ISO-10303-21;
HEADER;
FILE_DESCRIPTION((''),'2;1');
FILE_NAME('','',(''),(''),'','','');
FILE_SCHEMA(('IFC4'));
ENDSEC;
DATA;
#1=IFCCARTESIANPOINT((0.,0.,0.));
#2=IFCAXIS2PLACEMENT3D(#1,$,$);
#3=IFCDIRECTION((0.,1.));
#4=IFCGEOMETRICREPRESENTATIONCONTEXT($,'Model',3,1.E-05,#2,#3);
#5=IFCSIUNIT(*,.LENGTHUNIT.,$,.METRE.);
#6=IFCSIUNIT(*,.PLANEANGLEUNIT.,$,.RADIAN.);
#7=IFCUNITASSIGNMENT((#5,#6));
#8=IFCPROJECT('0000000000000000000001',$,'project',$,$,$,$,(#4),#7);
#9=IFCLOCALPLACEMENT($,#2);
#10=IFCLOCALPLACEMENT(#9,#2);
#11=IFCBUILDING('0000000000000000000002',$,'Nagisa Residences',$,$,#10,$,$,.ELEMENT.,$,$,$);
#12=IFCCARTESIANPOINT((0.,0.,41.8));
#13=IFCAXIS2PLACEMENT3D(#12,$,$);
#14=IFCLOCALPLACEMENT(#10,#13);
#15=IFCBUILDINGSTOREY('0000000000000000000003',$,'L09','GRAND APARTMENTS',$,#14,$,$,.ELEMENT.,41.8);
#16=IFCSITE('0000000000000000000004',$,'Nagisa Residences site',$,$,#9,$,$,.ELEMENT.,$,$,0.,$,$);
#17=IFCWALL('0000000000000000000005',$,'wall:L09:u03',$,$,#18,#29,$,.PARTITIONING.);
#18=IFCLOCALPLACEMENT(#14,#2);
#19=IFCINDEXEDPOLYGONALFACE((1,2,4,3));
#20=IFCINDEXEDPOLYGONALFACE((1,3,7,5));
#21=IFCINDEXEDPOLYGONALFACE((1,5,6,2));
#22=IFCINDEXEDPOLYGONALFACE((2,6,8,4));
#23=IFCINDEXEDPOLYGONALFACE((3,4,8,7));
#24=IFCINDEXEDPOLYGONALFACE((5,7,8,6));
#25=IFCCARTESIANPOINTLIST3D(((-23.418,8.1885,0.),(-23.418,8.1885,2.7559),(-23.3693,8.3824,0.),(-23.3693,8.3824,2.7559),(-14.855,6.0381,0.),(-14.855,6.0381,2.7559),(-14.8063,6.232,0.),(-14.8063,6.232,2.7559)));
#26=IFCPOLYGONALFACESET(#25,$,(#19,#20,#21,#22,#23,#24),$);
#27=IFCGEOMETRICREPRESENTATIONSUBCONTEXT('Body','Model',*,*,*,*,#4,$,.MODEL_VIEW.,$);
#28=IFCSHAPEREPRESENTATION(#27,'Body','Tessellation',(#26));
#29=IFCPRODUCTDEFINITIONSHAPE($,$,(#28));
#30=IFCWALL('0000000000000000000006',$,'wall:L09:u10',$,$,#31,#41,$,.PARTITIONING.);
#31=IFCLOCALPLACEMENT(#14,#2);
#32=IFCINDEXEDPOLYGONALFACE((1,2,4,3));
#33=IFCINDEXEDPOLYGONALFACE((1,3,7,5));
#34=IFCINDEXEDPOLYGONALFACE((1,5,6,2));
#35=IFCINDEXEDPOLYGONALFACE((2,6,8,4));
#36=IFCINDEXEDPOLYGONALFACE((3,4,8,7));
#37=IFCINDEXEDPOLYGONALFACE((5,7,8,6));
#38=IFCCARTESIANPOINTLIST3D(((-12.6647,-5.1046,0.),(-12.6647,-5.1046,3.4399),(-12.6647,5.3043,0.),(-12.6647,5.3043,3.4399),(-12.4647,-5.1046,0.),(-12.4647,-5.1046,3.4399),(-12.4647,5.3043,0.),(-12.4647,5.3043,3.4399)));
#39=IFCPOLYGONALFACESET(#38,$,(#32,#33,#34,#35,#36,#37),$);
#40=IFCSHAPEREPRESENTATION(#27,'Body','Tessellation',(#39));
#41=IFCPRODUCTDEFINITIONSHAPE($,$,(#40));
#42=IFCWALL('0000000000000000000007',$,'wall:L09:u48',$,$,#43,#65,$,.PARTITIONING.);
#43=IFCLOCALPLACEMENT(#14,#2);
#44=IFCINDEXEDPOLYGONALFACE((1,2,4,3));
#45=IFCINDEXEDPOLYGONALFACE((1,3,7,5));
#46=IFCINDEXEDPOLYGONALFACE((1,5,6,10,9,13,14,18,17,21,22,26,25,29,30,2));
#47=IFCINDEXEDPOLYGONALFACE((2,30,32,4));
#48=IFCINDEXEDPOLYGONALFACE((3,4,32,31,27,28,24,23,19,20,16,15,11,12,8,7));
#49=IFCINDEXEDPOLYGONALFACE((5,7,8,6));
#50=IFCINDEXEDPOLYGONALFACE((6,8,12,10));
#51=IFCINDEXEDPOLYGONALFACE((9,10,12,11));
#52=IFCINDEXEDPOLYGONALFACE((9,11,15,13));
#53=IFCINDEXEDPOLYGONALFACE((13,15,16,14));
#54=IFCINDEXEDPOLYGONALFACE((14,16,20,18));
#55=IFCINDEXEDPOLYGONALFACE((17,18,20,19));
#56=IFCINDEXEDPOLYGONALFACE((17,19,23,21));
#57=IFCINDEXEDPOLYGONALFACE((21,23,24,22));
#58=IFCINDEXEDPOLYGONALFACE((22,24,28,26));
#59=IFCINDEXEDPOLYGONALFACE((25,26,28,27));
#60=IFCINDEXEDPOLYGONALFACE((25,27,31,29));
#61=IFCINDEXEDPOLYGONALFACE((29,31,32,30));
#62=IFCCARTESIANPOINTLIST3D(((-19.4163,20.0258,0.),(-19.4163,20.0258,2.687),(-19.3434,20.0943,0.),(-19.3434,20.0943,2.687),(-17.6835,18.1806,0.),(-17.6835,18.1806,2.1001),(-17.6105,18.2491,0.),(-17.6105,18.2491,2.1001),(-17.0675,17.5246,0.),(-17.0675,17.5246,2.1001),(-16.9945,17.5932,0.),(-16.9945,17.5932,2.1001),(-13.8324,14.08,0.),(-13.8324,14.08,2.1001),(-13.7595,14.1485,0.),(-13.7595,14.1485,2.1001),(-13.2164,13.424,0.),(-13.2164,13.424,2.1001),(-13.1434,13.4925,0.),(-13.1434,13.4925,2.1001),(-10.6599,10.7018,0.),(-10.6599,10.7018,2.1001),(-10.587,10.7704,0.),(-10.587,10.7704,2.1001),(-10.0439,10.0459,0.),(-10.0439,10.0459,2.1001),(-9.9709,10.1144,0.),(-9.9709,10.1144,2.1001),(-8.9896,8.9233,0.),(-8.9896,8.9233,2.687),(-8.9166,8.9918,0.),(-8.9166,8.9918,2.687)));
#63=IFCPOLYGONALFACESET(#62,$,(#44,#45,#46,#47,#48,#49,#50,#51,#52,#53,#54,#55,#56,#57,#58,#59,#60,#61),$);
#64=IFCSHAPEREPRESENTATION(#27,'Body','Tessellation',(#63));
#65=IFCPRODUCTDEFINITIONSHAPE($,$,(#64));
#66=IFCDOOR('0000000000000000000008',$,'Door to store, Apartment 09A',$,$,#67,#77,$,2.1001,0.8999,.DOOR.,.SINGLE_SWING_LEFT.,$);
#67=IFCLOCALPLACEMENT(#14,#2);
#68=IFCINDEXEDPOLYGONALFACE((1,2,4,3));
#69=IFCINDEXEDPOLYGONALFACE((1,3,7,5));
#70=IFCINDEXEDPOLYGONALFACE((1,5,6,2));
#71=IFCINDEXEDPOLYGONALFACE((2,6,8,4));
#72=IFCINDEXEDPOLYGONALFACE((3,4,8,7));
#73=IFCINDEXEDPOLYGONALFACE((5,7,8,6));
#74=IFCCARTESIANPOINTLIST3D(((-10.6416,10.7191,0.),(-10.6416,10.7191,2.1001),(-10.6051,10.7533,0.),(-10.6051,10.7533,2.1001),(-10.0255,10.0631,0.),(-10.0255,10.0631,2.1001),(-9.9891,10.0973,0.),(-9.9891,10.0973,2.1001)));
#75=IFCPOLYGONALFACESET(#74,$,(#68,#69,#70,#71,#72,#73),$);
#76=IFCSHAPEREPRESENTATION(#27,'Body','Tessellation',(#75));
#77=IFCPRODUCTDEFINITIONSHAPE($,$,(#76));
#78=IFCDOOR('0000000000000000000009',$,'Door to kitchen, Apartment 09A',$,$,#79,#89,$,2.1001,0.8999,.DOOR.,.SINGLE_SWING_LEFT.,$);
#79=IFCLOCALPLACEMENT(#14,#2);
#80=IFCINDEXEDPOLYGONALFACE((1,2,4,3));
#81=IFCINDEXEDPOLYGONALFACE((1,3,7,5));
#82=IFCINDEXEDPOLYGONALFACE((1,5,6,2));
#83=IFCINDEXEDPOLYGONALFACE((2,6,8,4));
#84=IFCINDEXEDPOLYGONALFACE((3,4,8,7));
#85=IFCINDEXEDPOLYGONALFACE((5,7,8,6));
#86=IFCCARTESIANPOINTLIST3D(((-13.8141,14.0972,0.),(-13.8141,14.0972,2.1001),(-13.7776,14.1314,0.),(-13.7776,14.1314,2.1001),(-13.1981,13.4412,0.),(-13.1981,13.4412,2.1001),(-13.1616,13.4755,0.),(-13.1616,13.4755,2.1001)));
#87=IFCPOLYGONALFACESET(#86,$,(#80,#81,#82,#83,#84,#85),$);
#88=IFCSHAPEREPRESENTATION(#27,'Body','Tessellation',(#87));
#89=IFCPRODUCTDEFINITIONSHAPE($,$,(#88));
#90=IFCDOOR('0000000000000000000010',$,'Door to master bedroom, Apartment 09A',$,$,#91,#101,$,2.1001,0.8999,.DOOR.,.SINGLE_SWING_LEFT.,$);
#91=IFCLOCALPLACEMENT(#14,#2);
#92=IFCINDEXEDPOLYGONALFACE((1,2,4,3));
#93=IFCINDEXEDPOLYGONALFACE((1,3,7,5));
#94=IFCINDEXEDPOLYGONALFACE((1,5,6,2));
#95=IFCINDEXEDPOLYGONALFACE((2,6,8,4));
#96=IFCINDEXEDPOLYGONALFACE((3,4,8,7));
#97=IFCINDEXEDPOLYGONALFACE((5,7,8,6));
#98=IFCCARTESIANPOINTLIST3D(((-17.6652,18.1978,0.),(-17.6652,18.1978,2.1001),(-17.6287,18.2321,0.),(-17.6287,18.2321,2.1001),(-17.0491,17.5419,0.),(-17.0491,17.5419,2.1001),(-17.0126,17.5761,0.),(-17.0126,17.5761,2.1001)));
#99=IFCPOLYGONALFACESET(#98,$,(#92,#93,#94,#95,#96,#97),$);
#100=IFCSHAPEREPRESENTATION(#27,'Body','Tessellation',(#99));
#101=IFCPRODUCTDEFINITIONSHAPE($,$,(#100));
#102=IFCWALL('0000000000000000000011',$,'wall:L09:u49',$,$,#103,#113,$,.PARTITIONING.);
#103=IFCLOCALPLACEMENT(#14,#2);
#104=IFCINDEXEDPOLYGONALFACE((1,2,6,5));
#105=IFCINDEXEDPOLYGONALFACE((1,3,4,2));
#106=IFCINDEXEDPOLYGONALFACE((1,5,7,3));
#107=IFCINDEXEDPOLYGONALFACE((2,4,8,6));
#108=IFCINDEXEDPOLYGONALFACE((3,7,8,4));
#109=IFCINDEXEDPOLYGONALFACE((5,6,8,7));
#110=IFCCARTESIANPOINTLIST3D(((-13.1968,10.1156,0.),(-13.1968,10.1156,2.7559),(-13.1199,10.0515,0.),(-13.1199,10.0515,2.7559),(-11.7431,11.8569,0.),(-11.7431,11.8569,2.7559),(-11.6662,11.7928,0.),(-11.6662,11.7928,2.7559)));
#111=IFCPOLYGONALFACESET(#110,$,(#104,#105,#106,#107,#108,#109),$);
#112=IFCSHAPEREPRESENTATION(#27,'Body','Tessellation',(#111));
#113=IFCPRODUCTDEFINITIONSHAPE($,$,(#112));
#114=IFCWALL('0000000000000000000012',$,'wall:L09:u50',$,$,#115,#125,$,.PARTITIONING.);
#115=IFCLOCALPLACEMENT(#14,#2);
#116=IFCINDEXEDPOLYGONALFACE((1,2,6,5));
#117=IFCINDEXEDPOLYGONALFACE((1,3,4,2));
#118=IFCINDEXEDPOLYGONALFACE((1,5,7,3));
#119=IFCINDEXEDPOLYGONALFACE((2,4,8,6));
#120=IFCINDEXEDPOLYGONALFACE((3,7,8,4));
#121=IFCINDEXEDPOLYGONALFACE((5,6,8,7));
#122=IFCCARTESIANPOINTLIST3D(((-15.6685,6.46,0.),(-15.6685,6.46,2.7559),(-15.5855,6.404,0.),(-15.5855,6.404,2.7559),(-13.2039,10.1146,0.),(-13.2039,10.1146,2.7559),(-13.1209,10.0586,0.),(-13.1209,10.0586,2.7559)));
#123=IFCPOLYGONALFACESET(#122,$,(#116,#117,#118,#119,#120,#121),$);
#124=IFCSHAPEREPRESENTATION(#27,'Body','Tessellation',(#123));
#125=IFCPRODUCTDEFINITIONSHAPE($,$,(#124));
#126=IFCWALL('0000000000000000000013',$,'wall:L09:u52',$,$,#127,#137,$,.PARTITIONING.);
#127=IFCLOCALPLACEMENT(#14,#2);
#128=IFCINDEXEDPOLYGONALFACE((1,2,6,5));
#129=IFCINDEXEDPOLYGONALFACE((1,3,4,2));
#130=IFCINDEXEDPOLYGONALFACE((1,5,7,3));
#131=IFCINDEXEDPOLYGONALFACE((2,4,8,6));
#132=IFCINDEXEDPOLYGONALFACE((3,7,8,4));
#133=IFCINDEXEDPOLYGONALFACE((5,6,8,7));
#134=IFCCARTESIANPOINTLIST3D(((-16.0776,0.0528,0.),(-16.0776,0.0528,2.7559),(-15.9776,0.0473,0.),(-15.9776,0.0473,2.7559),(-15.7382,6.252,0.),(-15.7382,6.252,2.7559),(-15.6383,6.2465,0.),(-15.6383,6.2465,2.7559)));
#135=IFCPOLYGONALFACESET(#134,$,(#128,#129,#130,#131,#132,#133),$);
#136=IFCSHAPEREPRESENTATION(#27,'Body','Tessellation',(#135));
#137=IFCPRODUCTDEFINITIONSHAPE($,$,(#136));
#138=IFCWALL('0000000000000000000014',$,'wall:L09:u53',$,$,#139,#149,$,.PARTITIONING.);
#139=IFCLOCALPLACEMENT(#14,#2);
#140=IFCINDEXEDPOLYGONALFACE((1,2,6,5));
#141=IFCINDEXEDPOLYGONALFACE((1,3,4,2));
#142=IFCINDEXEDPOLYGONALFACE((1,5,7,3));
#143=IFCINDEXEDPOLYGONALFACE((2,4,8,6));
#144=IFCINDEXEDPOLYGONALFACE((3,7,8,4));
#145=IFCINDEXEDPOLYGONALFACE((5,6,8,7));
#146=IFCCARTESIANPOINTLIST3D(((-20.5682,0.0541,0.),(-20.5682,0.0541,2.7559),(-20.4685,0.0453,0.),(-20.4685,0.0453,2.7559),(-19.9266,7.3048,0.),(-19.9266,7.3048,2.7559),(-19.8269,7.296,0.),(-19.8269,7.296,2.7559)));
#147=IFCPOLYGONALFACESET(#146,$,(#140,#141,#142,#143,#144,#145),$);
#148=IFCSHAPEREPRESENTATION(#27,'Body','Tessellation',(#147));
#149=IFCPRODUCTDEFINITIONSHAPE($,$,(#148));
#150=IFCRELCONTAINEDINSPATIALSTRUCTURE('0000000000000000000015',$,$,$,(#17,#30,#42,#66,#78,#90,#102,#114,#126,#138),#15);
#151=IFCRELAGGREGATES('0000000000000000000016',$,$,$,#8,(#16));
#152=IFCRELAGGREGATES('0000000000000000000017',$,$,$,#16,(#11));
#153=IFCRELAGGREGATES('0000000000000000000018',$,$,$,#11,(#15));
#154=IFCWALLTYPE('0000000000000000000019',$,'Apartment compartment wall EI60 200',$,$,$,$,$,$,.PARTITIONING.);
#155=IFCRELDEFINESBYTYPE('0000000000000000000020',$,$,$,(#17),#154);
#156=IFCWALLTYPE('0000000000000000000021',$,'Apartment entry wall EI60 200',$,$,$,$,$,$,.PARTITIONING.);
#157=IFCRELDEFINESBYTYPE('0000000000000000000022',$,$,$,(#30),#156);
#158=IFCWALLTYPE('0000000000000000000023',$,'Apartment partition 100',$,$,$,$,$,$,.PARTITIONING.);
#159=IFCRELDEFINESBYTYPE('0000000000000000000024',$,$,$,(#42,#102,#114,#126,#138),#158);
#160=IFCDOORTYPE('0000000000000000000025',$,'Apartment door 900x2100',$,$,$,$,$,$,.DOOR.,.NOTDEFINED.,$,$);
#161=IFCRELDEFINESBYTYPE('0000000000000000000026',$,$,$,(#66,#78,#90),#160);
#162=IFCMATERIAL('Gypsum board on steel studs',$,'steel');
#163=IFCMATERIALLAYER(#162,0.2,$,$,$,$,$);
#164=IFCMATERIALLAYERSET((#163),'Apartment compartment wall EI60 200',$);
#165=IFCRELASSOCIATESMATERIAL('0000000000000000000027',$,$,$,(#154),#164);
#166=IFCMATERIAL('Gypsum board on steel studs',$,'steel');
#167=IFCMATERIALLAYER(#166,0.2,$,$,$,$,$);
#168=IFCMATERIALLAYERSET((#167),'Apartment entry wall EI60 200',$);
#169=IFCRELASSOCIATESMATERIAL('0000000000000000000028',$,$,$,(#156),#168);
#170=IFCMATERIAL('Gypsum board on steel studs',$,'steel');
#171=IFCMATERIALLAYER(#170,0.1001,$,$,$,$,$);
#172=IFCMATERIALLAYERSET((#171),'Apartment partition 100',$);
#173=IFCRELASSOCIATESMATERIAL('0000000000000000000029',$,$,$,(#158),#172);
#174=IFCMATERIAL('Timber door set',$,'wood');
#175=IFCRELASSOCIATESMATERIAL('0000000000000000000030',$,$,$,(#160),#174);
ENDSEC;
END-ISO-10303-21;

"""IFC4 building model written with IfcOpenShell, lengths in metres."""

from ifc_helpers import new_model, si_unit, direction, frame, frame_2d, origin, place, context, subcontext, project, spatial, rectangle, extrude, material, layer, layer_set, type_object, element, fill, save


model = new_model("IFC4")

# Units and contexts
model_context = context("Model", 3, precision=1e-05, world=origin(), true_north=direction((0.0, 1.0)))
body_context = subcontext(model_context, "Body", "Model", "MODEL_VIEW")
ifc_project = project(units=[si_unit("LENGTHUNIT", "METRE"), si_unit("PLANEANGLEUNIT", "RADIAN")], contexts=[model_context])

# Site, building, storey
site_placement = place(None, origin())
site = spatial("IfcSite", under=ifc_project, at=site_placement, Name="Nagisa Residences site", CompositionType="ELEMENT", RefElevation=0.0)
building_placement = place(site_placement, origin())
building = spatial("IfcBuilding", under=site, at=building_placement, Name="Nagisa Residences", CompositionType="ELEMENT")
storey_placement = place(building_placement, frame((0.0, 0.0, 41.8)))
storey = spatial("IfcBuildingStorey", under=building, at=storey_placement, Name="L09", Description="GRAND APARTMENTS", CompositionType="ELEMENT", Elevation=41.8)

# Walls
ifc_material_1 = material(Name="Gypsum board on steel studs", Category="steel")
ifc_layer_1 = layer(ifc_material_1, 0.2)
ifc_layer_set_1 = layer_set([ifc_layer_1], Name="Apartment compartment wall EI60 200")
wall_type_1 = type_object("IfcWallType", Name="Apartment compartment wall EI60 200", PredefinedType="PARTITIONING", material=ifc_layer_set_1)
wall_1_placement = place(storey_placement, frame((-14.8306, 6.135, 0.0), z_axis=(0.0, 0.0, 1.0), x_axis=(-0.969885, 0.243564, 0.0)))
element("IfcWall", 1, at=wall_1_placement, inside=storey, type_object=wall_type_1, Name="wall:L09:u03", PredefinedType="PARTITIONING", context=body_context, shape_type="SweptSolid", body=[
    extrude(rectangle(XDim=8.8289, YDim=0.2, at=frame_2d((4.4146, 0.0))), origin(), (0.0, 0.0, 1.0), 2.7559),
])
ifc_material_2 = material(Name="Gypsum board on steel studs", Category="steel")
ifc_layer_2 = layer(ifc_material_2, 0.2)
ifc_layer_set_2 = layer_set([ifc_layer_2], Name="Apartment entry wall EI60 200")
wall_type_2 = type_object("IfcWallType", Name="Apartment entry wall EI60 200", PredefinedType="PARTITIONING", material=ifc_layer_set_2)
wall_2_placement = place(storey_placement, frame((-12.5647, 5.3044, 0.0), z_axis=(0.0, 0.0, 1.0), x_axis=(0.0, -1.0, 0.0)))
element("IfcWall", 2, at=wall_2_placement, inside=storey, type_object=wall_type_2, Name="wall:L09:u10", PredefinedType="PARTITIONING", context=body_context, shape_type="SweptSolid", body=[
    extrude(rectangle(XDim=10.4089, YDim=0.2, at=frame_2d((5.2046, 0.0))), origin(), (0.0, 0.0, 1.0), 3.4399),
])

# Wall, openings, doors
ifc_material_3 = material(Name="Gypsum board on steel studs", Category="steel")
ifc_layer_3 = layer(ifc_material_3, 0.1001)
ifc_layer_set_3 = layer_set([ifc_layer_3], Name="Apartment partition 100")
wall_type_3 = type_object("IfcWallType", Name="Apartment partition 100", PredefinedType="PARTITIONING", material=ifc_layer_set_3)
wall_3_placement = place(storey_placement, frame((-8.9531, 8.9575, 0.0), z_axis=(0.0, 0.0, 1.0), x_axis=(-0.684574, 0.728943, 0.0)))
wall_3 = element("IfcWall", 3, at=wall_3_placement, inside=storey, type_object=wall_type_3, Name="wall:L09:u48", PredefinedType="PARTITIONING", context=body_context, shape_type="SweptSolid", body=[
    extrude(rectangle(XDim=15.231, YDim=0.1001, at=frame_2d((7.6155, 0.0))), origin(), (0.0, 0.0, 1.0), 2.687),
])
opening_1_placement = place(wall_3_placement, frame((1.54, 0.0, 0.0)))
opening_1 = element("IfcOpeningElement", 4, at=opening_1_placement, cuts=wall_3, PredefinedType="OPENING", context=body_context, shape_type="SweptSolid", body=[
    extrude(rectangle(XDim=0.8999, YDim=2.1001, at=frame_2d((0.45, 1.05))), frame((0.0, 0.0601, 0.0), z_axis=(0.0, -1.0, 0.0), x_axis=(1.0, 0.0, 0.0)), (0.0, 0.0, 1.0), 0.1201),
])
opening_2_placement = place(wall_3_placement, frame((6.1743, 0.0, 0.0)))
opening_2 = element("IfcOpeningElement", 5, at=opening_2_placement, cuts=wall_3, PredefinedType="OPENING", context=body_context, shape_type="SweptSolid", body=[
    extrude(rectangle(XDim=0.8999, YDim=2.1001, at=frame_2d((0.45, 1.05))), frame((0.0, 0.0601, 0.0), z_axis=(0.0, -1.0, 0.0), x_axis=(1.0, 0.0, 0.0)), (0.0, 0.0, 1.0), 0.1201),
])
opening_3_placement = place(wall_3_placement, frame((11.7998, 0.0, 0.0)))
opening_3 = element("IfcOpeningElement", 6, at=opening_3_placement, cuts=wall_3, PredefinedType="OPENING", context=body_context, shape_type="SweptSolid", body=[
    extrude(rectangle(XDim=0.8999, YDim=2.1001, at=frame_2d((0.45, 1.05))), frame((0.0, 0.0601, 0.0), z_axis=(0.0, -1.0, 0.0), x_axis=(1.0, 0.0, 0.0)), (0.0, 0.0, 1.0), 0.1201),
])
ifc_material_4 = material(Name="Timber door set", Category="wood")
door_type_1 = type_object("IfcDoorType", Name="Apartment door 900x2100", OperationType="NOTDEFINED", PredefinedType="DOOR", material=ifc_material_4)
door_1_placement = place(opening_1_placement, origin())
door_1 = element("IfcDoor", 7, at=door_1_placement, inside=storey, type_object=door_type_1, Name="Door to store, Apartment 09A", OperationType="SINGLE_SWING_LEFT", OverallHeight=2.1001, OverallWidth=0.8999, PredefinedType="DOOR", context=body_context, shape_type="SweptSolid", body=[
    extrude(rectangle(XDim=0.8999, YDim=2.1001, at=frame_2d((0.45, 1.05))), frame((0.0, 0.0249, 0.0), z_axis=(0.0, -1.0, 0.0), x_axis=(1.0, 0.0, 0.0)), (0.0, 0.0, 1.0), 0.05),
])
fill(opening_1, door_1)
door_2_placement = place(opening_2_placement, origin())
door_2 = element("IfcDoor", 8, at=door_2_placement, inside=storey, type_object=door_type_1, Name="Door to kitchen, Apartment 09A", OperationType="SINGLE_SWING_LEFT", OverallHeight=2.1001, OverallWidth=0.8999, PredefinedType="DOOR", context=body_context, shape_type="SweptSolid", body=[
    extrude(rectangle(XDim=0.8999, YDim=2.1001, at=frame_2d((0.45, 1.05))), frame((0.0, 0.0249, 0.0), z_axis=(0.0, -1.0, 0.0), x_axis=(1.0, 0.0, 0.0)), (0.0, 0.0, 1.0), 0.05),
])
fill(opening_2, door_2)
door_3_placement = place(opening_3_placement, origin())
door_3 = element("IfcDoor", 9, at=door_3_placement, inside=storey, type_object=door_type_1, Name="Door to master bedroom, Apartment 09A", OperationType="SINGLE_SWING_LEFT", OverallHeight=2.1001, OverallWidth=0.8999, PredefinedType="DOOR", context=body_context, shape_type="SweptSolid", body=[
    extrude(rectangle(XDim=0.8999, YDim=2.1001, at=frame_2d((0.45, 1.05))), frame((0.0, 0.0249, 0.0), z_axis=(0.0, -1.0, 0.0), x_axis=(1.0, 0.0, 0.0)), (0.0, 0.0, 1.0), 0.05),
])
fill(opening_3, door_3)

# Walls
wall_4_placement = place(storey_placement, frame((-11.7046, 11.825, 0.0), z_axis=(0.0, 0.0, 1.0), x_axis=(-0.640862, -0.767656, 0.0)))
element("IfcWall", 10, at=wall_4_placement, inside=storey, type_object=wall_type_3, Name="wall:L09:u49", PredefinedType="PARTITIONING", context=body_context, shape_type="SweptSolid", body=[
    extrude(rectangle(XDim=2.2683, YDim=0.1001, at=frame_2d((1.1343, 0.0))), origin(), (0.0, 0.0, 1.0), 2.7559),
])
wall_5_placement = place(storey_placement, frame((-13.1624, 10.0867, 0.0), z_axis=(0.0, 0.0, 1.0), x_axis=(-0.559128, -0.829082, 0.0)))
element("IfcWall", 11, at=wall_5_placement, inside=storey, type_object=wall_type_3, Name="wall:L09:u50", PredefinedType="PARTITIONING", context=body_context, shape_type="SweptSolid", body=[
    extrude(rectangle(XDim=4.408, YDim=0.1001, at=frame_2d((2.2041, 0.0))), origin(), (0.0, 0.0, 1.0), 2.7559),
])
wall_6_placement = place(storey_placement, frame((-15.6882, 6.2493, 0.0), z_axis=(0.0, 0.0, 1.0), x_axis=(-0.05466, -0.998505, 0.0)))
element("IfcWall", 12, at=wall_6_placement, inside=storey, type_object=wall_type_3, Name="wall:L09:u52", PredefinedType="PARTITIONING", context=body_context, shape_type="SweptSolid", body=[
    extrude(rectangle(XDim=6.2085, YDim=0.1001, at=frame_2d((3.1042, 0.0))), origin(), (0.0, 0.0, 1.0), 2.7559),
])
wall_7_placement = place(storey_placement, frame((-19.8767, 7.3005, 0.0), z_axis=(0.0, 0.0, 1.0), x_axis=(-0.088143, -0.996108, 0.0)))
element("IfcWall", 13, at=wall_7_placement, inside=storey, type_object=wall_type_3, Name="wall:L09:u53", PredefinedType="PARTITIONING", context=body_context, shape_type="SweptSolid", body=[
    extrude(rectangle(XDim=7.2791, YDim=0.1001, at=frame_2d((3.6396, 0.0))), origin(), (0.0, 0.0, 1.0), 2.7559),
])

save(model, "model.ifc")
